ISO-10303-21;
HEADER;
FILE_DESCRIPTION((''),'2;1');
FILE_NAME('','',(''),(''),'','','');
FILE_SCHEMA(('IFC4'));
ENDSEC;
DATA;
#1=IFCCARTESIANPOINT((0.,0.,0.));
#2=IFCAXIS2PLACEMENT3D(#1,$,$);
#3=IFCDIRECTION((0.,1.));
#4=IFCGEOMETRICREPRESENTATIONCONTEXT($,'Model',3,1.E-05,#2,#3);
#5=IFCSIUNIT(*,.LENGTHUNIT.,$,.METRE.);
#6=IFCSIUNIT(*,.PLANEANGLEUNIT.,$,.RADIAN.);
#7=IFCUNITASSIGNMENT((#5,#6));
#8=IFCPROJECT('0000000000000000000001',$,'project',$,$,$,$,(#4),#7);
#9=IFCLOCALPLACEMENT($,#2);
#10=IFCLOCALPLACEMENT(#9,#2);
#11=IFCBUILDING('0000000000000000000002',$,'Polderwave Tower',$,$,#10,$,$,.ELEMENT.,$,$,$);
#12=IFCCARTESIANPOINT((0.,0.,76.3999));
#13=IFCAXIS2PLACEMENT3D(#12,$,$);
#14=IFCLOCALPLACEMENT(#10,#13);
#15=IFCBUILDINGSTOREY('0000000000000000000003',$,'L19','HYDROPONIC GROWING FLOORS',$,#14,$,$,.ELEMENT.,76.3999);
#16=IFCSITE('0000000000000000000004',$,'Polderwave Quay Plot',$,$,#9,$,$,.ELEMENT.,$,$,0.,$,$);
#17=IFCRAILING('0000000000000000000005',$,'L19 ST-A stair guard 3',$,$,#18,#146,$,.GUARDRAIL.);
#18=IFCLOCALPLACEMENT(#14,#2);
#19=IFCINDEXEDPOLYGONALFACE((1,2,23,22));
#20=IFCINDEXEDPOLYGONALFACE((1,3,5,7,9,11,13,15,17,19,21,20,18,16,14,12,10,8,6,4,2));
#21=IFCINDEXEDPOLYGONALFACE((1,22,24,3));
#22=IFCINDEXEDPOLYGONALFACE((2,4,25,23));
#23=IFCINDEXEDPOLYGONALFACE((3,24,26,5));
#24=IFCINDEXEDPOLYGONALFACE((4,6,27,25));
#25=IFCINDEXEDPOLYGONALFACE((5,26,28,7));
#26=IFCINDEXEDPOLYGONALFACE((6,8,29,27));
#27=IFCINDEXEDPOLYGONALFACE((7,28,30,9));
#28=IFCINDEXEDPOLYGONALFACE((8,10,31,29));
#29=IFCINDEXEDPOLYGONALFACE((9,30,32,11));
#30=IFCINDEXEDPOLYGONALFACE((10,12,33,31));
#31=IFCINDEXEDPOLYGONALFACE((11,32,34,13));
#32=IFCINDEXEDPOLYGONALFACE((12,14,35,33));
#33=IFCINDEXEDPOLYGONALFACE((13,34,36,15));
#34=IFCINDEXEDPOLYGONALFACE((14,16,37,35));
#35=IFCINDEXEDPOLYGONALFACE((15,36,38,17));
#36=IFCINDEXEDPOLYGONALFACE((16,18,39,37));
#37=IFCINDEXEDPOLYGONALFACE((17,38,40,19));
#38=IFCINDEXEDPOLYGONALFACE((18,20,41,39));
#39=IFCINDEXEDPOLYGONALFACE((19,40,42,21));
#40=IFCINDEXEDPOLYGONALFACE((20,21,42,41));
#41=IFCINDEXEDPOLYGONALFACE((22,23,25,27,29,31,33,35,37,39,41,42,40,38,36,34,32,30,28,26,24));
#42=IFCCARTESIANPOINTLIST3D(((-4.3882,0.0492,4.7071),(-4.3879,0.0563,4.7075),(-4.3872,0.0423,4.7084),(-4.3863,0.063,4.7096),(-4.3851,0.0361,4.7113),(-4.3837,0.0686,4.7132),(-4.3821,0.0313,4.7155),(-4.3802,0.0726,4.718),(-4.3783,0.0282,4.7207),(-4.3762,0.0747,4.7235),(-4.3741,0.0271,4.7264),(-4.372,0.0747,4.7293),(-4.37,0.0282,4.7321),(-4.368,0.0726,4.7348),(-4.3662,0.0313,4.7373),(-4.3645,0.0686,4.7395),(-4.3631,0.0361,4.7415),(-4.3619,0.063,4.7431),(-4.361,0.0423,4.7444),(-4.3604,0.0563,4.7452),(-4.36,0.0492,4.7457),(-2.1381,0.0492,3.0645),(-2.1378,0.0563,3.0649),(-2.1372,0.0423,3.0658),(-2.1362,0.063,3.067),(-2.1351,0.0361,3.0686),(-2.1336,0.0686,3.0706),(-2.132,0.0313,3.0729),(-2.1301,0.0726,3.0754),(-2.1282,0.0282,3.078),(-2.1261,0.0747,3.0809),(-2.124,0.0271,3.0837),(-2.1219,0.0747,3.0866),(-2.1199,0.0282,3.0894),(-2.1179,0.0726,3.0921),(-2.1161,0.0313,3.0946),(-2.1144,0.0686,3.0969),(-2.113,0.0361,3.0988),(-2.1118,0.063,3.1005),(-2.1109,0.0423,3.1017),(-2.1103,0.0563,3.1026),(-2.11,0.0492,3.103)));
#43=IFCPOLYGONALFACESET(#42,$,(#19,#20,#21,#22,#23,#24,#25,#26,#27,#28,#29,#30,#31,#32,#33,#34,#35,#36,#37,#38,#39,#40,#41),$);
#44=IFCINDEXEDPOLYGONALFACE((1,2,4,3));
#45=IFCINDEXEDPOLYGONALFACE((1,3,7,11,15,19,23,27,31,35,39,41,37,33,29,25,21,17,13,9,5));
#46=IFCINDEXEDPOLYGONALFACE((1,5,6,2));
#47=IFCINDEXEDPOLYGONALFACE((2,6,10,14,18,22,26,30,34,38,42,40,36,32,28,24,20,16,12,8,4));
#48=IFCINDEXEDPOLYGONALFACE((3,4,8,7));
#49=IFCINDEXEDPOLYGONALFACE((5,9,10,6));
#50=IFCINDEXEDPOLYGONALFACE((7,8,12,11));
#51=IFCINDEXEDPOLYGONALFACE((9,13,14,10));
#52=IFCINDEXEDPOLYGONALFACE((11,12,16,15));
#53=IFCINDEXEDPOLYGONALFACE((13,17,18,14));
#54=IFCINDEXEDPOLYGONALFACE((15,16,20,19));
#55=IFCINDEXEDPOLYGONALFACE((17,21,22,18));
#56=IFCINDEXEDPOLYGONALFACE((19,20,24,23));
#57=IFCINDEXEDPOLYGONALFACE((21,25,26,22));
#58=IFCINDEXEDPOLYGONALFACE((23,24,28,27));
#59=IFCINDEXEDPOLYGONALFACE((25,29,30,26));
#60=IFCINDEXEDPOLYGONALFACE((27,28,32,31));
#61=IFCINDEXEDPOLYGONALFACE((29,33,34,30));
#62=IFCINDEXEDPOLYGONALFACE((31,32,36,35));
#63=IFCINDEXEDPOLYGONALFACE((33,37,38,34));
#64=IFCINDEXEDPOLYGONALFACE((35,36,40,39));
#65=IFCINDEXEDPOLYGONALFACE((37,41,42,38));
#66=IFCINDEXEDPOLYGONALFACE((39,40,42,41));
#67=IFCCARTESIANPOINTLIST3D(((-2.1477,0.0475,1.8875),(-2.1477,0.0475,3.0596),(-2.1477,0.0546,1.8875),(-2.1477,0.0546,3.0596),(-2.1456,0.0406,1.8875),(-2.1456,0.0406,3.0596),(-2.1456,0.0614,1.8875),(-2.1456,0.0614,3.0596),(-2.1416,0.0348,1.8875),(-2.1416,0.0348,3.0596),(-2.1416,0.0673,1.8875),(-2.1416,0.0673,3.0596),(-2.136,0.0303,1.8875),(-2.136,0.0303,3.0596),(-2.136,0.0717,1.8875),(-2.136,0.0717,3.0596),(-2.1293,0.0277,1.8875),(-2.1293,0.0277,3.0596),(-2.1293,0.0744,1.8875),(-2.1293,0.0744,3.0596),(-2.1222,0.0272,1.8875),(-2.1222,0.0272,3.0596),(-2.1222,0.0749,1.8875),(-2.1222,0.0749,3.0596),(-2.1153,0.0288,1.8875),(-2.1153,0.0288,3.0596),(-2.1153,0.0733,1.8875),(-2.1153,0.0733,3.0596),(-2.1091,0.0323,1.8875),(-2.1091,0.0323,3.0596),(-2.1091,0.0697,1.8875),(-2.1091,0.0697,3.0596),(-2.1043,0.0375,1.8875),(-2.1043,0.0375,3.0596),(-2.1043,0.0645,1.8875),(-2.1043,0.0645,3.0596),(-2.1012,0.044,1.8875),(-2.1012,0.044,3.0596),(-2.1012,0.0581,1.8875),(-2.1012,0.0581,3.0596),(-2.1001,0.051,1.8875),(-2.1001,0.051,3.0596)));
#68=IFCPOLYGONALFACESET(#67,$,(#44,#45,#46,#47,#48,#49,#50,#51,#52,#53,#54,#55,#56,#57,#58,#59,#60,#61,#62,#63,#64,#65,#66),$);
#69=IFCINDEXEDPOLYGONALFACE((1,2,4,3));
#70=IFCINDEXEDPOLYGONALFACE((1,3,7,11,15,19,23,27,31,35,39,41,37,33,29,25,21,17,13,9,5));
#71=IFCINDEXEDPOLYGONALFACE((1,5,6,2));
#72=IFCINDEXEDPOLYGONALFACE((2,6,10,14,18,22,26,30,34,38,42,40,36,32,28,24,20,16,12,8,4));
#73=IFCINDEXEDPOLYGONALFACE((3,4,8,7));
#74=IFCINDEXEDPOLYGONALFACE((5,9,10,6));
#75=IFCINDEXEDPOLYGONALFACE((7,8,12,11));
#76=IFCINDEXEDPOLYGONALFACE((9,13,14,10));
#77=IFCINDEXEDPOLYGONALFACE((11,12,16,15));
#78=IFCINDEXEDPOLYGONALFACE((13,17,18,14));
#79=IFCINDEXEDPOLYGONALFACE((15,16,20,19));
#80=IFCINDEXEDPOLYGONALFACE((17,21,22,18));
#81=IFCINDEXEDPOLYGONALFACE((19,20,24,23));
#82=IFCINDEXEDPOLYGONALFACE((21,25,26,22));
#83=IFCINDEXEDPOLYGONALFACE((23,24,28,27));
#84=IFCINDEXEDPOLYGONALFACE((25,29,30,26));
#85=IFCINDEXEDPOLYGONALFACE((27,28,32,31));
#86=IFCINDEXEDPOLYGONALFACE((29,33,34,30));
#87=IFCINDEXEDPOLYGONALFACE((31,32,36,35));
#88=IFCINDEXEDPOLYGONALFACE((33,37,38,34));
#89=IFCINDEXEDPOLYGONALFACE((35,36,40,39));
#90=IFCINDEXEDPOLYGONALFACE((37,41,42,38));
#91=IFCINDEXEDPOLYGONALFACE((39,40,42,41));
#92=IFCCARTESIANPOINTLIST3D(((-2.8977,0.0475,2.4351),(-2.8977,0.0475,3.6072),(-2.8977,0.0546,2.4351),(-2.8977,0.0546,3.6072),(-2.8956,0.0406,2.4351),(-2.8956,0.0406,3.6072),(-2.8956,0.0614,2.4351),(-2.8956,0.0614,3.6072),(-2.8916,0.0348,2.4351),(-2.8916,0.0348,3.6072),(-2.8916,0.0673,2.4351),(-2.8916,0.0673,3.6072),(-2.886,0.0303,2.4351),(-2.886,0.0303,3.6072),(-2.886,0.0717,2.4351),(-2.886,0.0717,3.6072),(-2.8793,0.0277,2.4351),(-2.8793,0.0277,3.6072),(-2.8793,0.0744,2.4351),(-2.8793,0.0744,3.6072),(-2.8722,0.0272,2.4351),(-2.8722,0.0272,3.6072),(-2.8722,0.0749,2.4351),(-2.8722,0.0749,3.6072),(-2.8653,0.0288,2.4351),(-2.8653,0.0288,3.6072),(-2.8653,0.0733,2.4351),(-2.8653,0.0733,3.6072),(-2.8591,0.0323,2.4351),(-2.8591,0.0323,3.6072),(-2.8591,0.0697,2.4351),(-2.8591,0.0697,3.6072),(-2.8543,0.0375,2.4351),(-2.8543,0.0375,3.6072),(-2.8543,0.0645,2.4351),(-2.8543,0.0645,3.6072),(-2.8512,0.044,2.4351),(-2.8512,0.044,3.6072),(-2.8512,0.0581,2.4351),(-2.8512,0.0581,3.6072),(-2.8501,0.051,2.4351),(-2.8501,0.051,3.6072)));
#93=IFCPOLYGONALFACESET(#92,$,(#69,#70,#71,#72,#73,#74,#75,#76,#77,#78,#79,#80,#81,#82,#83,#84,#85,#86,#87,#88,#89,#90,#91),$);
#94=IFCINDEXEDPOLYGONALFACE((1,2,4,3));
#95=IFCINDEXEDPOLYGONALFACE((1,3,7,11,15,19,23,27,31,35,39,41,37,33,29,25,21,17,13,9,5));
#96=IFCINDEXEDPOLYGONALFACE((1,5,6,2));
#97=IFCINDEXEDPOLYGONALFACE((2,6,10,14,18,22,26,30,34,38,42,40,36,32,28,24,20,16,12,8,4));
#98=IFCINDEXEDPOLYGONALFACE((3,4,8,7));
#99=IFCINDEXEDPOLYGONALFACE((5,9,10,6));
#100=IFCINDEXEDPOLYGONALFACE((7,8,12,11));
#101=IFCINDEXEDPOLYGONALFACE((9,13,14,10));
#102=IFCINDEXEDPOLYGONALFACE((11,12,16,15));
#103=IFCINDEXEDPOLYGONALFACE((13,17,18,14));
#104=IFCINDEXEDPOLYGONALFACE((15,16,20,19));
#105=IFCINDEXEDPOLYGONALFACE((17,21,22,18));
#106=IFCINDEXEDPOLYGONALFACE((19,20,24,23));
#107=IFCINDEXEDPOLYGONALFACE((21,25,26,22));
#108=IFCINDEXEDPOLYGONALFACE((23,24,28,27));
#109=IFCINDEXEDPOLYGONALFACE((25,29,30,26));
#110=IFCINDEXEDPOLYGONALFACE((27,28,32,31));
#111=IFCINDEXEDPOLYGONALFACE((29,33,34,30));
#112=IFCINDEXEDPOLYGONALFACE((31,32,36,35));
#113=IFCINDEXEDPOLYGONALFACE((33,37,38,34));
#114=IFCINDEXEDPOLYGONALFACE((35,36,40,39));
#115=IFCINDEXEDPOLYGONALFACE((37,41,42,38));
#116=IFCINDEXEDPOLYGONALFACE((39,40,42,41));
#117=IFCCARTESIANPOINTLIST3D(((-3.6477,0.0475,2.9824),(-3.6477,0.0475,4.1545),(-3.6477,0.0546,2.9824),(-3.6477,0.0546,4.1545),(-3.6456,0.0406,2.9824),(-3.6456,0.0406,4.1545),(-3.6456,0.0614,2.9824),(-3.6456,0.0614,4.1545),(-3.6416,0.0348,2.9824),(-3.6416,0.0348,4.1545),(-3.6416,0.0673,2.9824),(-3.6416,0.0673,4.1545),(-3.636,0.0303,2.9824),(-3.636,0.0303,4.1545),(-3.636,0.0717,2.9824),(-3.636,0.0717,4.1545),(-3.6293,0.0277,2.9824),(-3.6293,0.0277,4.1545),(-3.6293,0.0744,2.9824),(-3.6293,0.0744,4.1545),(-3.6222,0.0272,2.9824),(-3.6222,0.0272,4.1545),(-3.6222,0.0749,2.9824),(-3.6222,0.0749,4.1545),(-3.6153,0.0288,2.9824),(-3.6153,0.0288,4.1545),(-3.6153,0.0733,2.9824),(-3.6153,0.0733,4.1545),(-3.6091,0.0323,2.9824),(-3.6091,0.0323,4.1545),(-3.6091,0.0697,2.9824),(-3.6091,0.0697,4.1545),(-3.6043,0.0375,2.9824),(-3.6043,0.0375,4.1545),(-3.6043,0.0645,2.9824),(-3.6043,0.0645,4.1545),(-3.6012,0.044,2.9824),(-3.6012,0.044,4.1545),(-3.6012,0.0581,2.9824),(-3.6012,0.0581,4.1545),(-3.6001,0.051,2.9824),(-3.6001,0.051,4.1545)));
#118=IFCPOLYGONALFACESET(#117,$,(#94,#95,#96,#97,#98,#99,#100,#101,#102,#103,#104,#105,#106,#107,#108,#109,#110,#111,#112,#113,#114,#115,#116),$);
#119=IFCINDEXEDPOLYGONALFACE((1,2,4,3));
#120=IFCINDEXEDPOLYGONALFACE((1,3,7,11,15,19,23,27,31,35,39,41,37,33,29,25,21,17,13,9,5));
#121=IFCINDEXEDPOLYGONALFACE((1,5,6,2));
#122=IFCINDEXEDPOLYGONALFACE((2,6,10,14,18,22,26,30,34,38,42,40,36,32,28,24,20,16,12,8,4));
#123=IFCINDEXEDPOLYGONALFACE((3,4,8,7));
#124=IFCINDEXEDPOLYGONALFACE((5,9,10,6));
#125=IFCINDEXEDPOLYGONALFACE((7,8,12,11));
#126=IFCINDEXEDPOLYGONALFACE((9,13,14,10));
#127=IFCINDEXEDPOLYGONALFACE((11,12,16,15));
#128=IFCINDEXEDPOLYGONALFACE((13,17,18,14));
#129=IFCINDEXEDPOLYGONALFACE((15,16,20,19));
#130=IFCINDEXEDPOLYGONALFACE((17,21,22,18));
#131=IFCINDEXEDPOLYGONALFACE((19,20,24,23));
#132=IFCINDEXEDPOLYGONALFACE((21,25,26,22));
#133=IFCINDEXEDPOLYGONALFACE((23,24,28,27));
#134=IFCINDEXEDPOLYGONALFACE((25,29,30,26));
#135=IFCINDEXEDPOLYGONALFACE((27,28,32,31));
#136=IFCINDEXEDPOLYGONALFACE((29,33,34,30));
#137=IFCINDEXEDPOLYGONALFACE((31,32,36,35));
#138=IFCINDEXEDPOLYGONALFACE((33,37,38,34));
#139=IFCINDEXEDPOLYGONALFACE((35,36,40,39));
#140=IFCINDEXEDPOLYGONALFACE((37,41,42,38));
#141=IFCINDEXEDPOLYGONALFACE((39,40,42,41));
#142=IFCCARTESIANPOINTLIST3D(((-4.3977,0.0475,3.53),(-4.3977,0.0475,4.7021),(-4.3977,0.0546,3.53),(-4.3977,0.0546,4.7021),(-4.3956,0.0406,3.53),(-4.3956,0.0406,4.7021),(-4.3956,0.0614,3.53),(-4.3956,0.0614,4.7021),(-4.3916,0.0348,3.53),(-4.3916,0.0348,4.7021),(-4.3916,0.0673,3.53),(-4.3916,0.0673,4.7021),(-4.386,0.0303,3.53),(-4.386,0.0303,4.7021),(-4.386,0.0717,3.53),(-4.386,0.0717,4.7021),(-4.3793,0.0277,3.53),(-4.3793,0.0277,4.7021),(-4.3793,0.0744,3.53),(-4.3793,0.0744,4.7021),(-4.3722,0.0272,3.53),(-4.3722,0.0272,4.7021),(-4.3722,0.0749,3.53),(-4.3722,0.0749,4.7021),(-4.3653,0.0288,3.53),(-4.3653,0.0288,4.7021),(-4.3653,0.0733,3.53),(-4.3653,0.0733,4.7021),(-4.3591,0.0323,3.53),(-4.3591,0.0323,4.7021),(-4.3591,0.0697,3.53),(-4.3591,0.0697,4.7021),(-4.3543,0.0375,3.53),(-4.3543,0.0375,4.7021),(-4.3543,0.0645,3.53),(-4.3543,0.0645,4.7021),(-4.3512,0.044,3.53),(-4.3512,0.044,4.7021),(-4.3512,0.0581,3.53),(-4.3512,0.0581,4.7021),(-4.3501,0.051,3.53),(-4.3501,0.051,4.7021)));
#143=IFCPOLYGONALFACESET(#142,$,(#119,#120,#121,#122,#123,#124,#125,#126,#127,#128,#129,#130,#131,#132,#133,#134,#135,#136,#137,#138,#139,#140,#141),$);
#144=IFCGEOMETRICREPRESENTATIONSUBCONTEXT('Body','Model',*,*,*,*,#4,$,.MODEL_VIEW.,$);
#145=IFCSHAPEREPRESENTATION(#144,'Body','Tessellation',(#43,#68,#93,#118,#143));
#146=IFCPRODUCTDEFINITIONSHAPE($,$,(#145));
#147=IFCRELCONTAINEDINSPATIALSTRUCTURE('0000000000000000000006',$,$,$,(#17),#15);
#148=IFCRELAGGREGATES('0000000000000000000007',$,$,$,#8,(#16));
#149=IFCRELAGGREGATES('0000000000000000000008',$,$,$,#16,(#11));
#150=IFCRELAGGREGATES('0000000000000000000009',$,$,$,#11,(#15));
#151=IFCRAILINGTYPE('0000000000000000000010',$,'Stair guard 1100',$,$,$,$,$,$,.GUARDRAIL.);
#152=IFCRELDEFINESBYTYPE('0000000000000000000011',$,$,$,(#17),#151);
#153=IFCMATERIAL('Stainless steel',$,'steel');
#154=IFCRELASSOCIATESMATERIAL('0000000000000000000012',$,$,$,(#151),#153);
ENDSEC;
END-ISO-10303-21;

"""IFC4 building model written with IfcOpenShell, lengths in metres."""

from ifc_helpers import new_model, si_unit, direction, frame, origin, origin_2d, place, context, subcontext, project, spatial, circle, extrude, material, type_object, element, save


model = new_model("IFC4")

# Units and contexts
model_context = context("Model", 3, precision=1e-05, world=origin(), true_north=direction((0.0, 1.0)))
body_context = subcontext(model_context, "Body", "Model", "MODEL_VIEW")
ifc_project = project(units=[si_unit("LENGTHUNIT", "METRE"), si_unit("PLANEANGLEUNIT", "RADIAN")], contexts=[model_context])

# Site, building, storey
site_placement = place(None, origin())
site = spatial("IfcSite", under=ifc_project, at=site_placement, Name="Polderwave Quay Plot", CompositionType="ELEMENT", RefElevation=0.0)
building_placement = place(site_placement, origin())
building = spatial("IfcBuilding", under=site, at=building_placement, Name="Polderwave Tower", CompositionType="ELEMENT")
storey_placement = place(building_placement, frame((0.0, 0.0, 76.3999)))
storey = spatial("IfcBuildingStorey", under=building, at=storey_placement, Name="L19", Description="HYDROPONIC GROWING FLOORS", CompositionType="ELEMENT", Elevation=76.3999)

# Railing
ifc_material_1 = material(Name="Stainless steel", Category="steel")
railing_type_1 = type_object("IfcRailingType", Name="Stair guard 1100", PredefinedType="GUARDRAIL", material=ifc_material_1)
railing_1_placement = place(storey_placement, frame((-2.124, 0.051, 1.8875)))
element("IfcRailing", 1, at=railing_1_placement, inside=storey, type_object=railing_type_1, Name="L19 ST-A stair guard 3", PredefinedType="GUARDRAIL", context=body_context, shape_type="SweptSolid", body=[
    extrude(circle(Radius=0.0239, at=origin_2d()), frame((0.0, 0.0, 1.1963), z_axis=(-0.807674, 0.0, 0.58963), x_axis=(0.0, -1.0, 0.0)), (0.0, 0.0, 1.0), 2.7859),
    extrude(circle(Radius=0.0239, at=origin_2d()), origin(), (0.0, 0.0, 1.0), 1.1721),
    extrude(circle(Radius=0.0239, at=origin_2d()), frame((-0.75, 0.0, 0.5476)), (0.0, 0.0, 1.0), 1.1721),
    extrude(circle(Radius=0.0239, at=origin_2d()), frame((-1.5, 0.0, 1.095)), (0.0, 0.0, 1.0), 1.1721),
    extrude(circle(Radius=0.0239, at=origin_2d()), frame((-2.25, 0.0, 1.6426)), (0.0, 0.0, 1.0), 1.1721),
])

save(model, "model.ifc")
